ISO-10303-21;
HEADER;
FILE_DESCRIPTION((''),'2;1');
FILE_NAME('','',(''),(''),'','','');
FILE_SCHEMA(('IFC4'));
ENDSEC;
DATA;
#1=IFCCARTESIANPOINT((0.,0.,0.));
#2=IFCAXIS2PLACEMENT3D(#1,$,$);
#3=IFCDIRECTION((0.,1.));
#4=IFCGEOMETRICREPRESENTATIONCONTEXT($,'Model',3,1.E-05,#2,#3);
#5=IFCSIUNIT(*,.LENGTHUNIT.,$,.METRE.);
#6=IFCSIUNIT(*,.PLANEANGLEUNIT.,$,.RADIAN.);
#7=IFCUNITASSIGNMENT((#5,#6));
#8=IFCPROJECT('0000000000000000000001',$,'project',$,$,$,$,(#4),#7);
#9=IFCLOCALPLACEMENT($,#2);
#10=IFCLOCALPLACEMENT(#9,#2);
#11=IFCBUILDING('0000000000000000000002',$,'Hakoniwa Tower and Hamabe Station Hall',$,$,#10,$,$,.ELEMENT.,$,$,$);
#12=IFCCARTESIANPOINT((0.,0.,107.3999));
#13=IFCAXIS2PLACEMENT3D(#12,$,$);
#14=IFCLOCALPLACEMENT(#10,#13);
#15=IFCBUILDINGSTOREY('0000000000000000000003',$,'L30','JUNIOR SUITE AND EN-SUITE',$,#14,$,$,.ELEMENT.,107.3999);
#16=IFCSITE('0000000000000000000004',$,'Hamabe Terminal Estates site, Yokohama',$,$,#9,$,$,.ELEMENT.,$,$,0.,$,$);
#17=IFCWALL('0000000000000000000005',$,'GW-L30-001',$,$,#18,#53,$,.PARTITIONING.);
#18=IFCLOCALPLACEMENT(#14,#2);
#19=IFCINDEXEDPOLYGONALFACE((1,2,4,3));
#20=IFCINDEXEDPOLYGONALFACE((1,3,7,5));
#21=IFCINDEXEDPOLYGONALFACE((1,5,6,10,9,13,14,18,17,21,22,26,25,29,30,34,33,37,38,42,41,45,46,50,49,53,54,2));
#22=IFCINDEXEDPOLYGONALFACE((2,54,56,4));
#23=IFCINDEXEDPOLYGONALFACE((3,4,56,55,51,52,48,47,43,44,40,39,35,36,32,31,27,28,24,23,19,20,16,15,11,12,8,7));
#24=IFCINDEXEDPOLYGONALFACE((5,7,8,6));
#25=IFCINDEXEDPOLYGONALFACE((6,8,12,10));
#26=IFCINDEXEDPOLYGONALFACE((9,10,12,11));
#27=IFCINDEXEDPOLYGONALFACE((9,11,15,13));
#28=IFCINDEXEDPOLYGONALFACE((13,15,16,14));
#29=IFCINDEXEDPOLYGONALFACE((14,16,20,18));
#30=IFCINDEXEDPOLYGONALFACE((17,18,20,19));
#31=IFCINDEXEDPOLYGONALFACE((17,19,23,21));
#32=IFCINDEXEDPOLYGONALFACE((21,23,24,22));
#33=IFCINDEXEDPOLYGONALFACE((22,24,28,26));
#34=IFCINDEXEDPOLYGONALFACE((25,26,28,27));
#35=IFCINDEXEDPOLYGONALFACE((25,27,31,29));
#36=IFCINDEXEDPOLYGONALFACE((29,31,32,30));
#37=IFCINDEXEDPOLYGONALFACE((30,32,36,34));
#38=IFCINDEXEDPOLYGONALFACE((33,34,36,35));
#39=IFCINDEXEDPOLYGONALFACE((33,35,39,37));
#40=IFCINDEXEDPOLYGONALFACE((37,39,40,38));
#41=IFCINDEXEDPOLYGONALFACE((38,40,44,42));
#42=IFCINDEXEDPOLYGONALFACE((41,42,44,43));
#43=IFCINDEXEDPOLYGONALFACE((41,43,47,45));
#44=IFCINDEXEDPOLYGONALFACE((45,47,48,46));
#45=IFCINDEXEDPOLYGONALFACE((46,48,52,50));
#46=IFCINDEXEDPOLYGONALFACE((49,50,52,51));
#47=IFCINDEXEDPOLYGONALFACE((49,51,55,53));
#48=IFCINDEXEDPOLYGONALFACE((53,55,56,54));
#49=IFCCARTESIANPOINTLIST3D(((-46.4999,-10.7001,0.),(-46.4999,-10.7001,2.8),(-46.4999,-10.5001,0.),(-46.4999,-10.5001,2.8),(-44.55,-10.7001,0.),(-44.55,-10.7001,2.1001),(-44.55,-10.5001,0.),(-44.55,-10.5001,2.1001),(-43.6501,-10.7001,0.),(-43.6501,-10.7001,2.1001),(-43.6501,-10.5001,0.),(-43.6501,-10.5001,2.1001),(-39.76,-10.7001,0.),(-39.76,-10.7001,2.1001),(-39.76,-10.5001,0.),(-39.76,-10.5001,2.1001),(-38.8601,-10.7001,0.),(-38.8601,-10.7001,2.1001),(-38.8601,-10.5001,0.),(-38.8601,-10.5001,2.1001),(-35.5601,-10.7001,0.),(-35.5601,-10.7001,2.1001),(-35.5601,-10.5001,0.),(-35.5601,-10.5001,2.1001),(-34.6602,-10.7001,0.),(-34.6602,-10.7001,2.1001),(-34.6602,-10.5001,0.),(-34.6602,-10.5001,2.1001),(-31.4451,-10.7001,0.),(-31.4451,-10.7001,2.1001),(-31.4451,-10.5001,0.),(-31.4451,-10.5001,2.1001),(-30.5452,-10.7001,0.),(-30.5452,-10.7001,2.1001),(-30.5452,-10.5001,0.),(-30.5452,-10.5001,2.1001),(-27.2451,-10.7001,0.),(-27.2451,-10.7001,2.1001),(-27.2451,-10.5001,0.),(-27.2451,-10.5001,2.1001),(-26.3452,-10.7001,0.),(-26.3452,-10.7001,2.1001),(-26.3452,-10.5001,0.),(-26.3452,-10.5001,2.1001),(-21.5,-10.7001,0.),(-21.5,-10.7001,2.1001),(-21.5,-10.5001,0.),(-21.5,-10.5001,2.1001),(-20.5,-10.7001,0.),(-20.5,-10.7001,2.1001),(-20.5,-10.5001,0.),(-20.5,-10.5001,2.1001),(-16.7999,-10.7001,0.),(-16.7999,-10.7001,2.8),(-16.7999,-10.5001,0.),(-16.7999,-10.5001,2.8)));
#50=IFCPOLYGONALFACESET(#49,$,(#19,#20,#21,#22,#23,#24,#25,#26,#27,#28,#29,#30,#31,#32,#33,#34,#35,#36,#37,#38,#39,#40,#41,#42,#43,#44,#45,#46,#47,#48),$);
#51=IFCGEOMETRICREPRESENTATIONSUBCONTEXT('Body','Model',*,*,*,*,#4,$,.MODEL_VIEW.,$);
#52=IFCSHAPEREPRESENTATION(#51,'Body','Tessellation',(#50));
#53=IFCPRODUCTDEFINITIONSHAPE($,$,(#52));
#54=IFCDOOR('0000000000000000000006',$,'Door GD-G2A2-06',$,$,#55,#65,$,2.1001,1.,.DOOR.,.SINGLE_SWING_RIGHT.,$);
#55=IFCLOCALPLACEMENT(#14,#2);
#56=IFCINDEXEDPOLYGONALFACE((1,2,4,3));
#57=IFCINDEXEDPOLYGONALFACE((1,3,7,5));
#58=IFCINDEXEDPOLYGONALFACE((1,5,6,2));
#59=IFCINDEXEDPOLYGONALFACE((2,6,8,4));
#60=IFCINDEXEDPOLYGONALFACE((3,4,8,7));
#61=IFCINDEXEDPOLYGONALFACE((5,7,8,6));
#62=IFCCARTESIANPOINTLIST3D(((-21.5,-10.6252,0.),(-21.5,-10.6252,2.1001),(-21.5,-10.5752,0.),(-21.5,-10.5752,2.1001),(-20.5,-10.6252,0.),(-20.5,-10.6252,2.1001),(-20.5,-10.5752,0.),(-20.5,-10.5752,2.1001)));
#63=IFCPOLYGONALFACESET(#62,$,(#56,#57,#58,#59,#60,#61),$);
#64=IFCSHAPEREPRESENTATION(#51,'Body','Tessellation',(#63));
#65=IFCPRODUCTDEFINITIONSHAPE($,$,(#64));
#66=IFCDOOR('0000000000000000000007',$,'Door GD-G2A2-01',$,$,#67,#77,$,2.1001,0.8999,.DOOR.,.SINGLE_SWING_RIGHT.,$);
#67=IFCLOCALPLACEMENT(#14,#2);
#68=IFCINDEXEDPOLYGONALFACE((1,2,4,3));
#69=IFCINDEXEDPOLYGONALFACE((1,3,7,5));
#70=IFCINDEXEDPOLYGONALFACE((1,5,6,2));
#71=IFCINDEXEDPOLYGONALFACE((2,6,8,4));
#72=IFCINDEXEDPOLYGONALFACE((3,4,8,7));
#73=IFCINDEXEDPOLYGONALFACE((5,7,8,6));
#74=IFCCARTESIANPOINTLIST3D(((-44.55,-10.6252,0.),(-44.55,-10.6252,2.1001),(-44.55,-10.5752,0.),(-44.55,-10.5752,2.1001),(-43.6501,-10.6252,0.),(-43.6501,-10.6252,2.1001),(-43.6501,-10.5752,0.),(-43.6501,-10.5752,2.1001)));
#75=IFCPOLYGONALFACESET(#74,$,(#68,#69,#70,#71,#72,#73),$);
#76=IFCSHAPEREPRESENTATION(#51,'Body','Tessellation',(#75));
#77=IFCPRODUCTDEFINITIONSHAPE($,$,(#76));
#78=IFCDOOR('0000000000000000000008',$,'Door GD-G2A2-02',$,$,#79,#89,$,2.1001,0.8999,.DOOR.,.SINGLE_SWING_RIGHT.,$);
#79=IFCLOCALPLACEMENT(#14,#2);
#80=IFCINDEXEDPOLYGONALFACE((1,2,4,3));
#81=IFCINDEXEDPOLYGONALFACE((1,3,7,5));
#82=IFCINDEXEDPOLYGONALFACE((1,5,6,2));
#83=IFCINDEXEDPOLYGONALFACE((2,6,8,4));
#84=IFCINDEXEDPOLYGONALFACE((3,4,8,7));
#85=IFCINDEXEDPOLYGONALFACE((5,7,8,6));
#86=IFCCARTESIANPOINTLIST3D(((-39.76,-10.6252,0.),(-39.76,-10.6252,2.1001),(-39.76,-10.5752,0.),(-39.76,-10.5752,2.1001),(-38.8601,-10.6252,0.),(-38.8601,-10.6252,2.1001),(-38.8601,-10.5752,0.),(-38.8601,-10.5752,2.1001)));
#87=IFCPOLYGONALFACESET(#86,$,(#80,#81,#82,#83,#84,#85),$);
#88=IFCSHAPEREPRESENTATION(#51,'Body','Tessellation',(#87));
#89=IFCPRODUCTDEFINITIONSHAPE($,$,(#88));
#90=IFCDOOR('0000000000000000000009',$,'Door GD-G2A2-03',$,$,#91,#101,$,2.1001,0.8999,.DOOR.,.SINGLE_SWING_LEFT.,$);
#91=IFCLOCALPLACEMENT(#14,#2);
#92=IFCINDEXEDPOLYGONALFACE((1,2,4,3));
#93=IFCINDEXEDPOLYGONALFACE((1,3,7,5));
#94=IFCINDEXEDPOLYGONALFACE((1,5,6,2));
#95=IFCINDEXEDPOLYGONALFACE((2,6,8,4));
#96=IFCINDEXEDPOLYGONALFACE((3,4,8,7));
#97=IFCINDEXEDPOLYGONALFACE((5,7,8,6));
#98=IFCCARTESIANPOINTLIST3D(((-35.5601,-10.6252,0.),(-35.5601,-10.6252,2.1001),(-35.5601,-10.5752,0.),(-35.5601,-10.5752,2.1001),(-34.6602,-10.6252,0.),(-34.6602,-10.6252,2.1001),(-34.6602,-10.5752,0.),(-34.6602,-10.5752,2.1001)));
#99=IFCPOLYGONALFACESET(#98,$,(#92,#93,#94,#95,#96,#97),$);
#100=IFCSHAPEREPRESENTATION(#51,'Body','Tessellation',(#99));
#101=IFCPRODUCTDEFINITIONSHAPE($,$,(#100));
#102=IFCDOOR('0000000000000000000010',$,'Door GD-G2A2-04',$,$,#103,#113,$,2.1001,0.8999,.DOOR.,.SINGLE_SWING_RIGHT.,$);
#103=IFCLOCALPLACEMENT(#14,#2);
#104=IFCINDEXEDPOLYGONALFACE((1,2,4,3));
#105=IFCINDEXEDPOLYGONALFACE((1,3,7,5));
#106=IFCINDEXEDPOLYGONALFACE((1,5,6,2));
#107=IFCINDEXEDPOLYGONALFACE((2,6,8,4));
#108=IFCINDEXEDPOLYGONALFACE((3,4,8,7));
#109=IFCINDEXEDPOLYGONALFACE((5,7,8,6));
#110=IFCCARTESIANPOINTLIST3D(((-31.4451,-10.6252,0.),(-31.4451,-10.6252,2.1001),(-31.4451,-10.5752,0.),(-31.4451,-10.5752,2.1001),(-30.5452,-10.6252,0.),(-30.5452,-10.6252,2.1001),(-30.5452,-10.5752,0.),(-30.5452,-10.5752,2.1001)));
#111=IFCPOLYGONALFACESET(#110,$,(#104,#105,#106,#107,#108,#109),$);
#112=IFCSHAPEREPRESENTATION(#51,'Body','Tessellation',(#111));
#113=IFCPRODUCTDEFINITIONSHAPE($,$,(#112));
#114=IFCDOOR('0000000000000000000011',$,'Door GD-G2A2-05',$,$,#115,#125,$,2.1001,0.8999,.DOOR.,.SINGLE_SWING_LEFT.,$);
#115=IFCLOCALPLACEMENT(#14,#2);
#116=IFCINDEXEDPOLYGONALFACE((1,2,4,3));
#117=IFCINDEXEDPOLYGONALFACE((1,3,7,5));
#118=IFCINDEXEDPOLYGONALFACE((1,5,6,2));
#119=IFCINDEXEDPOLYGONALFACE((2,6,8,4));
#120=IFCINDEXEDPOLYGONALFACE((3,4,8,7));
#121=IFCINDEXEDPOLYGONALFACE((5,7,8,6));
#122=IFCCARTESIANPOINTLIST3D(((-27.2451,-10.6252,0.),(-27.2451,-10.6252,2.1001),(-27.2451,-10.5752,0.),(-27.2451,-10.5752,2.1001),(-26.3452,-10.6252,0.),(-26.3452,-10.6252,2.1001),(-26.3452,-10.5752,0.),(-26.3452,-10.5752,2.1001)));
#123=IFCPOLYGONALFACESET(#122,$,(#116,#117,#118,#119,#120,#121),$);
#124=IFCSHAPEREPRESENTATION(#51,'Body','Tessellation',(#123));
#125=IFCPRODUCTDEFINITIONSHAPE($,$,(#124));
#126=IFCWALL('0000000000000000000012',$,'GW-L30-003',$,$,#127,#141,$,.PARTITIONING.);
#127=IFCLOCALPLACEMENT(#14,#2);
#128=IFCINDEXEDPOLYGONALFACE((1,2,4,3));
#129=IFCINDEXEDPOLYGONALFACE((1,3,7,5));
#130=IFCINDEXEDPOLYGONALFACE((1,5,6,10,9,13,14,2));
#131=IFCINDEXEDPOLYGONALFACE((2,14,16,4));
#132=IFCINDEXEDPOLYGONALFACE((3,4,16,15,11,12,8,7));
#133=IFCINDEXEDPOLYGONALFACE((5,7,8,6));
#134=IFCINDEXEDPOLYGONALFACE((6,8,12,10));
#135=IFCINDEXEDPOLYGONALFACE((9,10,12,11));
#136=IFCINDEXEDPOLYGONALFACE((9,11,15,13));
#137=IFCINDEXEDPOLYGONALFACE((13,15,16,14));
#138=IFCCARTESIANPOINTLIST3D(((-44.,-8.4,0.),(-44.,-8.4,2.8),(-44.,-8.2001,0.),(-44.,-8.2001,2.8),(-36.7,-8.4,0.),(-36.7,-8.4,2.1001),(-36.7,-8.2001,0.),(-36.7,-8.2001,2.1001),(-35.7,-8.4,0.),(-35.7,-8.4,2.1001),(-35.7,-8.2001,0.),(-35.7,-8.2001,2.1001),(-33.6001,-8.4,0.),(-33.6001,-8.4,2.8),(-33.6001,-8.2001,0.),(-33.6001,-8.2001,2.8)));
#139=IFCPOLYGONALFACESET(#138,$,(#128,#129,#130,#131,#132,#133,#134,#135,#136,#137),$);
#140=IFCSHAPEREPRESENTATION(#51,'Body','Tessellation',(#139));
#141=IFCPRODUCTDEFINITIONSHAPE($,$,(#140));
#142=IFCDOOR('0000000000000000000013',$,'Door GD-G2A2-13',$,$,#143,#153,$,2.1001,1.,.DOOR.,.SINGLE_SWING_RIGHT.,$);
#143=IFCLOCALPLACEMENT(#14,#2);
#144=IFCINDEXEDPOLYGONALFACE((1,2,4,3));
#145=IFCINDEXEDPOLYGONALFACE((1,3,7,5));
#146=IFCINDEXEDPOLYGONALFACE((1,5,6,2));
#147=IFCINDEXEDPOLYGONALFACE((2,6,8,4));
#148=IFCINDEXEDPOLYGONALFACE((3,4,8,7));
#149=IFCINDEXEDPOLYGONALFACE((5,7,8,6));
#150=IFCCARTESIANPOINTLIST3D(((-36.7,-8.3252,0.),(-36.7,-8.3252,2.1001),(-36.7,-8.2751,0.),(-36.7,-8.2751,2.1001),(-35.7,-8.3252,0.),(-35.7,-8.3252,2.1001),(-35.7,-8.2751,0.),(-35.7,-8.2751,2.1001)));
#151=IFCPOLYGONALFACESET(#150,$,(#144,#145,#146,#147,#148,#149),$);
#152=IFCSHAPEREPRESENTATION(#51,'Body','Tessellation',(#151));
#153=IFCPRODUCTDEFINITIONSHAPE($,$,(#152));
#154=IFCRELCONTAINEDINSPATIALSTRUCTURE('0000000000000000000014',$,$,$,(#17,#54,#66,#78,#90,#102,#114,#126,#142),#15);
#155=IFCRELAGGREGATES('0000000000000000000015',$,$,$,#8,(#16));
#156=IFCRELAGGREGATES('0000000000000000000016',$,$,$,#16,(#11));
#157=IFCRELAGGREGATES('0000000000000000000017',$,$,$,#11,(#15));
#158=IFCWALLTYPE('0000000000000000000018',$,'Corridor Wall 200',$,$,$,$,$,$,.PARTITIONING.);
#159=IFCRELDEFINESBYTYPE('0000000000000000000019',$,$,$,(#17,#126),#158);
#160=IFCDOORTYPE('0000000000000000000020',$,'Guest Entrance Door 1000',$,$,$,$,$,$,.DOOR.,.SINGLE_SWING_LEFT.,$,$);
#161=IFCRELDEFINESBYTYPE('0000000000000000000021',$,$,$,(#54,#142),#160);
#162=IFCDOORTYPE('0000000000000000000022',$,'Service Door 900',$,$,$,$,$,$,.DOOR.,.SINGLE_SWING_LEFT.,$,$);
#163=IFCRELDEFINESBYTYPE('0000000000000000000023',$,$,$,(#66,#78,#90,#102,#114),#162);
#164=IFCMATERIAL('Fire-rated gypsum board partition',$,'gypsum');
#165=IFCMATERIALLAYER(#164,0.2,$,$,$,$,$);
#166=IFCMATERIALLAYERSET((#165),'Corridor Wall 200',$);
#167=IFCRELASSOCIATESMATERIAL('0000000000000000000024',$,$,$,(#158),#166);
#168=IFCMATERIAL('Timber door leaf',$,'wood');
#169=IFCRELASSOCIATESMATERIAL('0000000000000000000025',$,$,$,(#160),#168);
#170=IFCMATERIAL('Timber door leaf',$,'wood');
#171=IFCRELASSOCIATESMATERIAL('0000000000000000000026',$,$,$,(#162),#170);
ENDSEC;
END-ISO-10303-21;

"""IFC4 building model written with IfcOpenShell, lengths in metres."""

from ifc_helpers import new_model, si_unit, direction, frame, frame_2d, origin, place, context, subcontext, project, spatial, rectangle, extrude, material, layer, layer_set, type_object, element, fill, save


model = new_model("IFC4")

# Units and contexts
model_context = context("Model", 3, precision=1e-05, world=origin(), true_north=direction((0.0, 1.0)))
body_context = subcontext(model_context, "Body", "Model", "MODEL_VIEW")
ifc_project = project(units=[si_unit("LENGTHUNIT", "METRE"), si_unit("PLANEANGLEUNIT", "RADIAN")], contexts=[model_context])

# Site, building, storey
site_placement = place(None, origin())
site = spatial("IfcSite", under=ifc_project, at=site_placement, Name="Hamabe Terminal Estates site, Yokohama", CompositionType="ELEMENT", RefElevation=0.0)
building_placement = place(site_placement, origin())
building = spatial("IfcBuilding", under=site, at=building_placement, Name="Hakoniwa Tower and Hamabe Station Hall", CompositionType="ELEMENT")
storey_placement = place(building_placement, frame((0.0, 0.0, 107.3999)))
storey = spatial("IfcBuildingStorey", under=building, at=storey_placement, Name="L30", Description="JUNIOR SUITE AND EN-SUITE", CompositionType="ELEMENT", Elevation=107.3999)

# Wall, openings, doors
ifc_material_1 = material(Name="Fire-rated gypsum board partition", Category="gypsum")
ifc_layer_1 = layer(ifc_material_1, 0.2)
ifc_layer_set_1 = layer_set([ifc_layer_1], Name="Corridor Wall 200")
wall_type_1 = type_object("IfcWallType", Name="Corridor Wall 200", PredefinedType="PARTITIONING", material=ifc_layer_set_1)
wall_1_placement = place(storey_placement, frame((-46.5, -10.6001, 0.0), z_axis=(0.0, 0.0, 1.0), x_axis=(1.0, 0.0, 0.0)))
wall_1 = element("IfcWall", 1, at=wall_1_placement, inside=storey, type_object=wall_type_1, Name="GW-L30-001", PredefinedType="PARTITIONING", context=body_context, shape_type="SweptSolid", body=[
    extrude(rectangle(XDim=29.7, YDim=0.2, at=frame_2d((14.8501, 0.0))), origin(), (0.0, 0.0, 1.0), 2.8),
])
opening_1_placement = place(wall_1_placement, frame((1.95, 0.0, 0.0)))
opening_1 = element("IfcOpeningElement", 2, at=opening_1_placement, cuts=wall_1, PredefinedType="OPENING", context=body_context, shape_type="SweptSolid", body=[
    extrude(rectangle(XDim=0.8999, YDim=2.1001, at=frame_2d((0.45, 1.05))), frame((0.0, 0.1099, 0.0), z_axis=(0.0, -1.0, 0.0), x_axis=(1.0, 0.0, 0.0)), (0.0, 0.0, 1.0), 0.22),
])
opening_2_placement = place(wall_1_placement, frame((6.74, 0.0, 0.0)))
opening_2 = element("IfcOpeningElement", 3, at=opening_2_placement, cuts=wall_1, PredefinedType="OPENING", context=body_context, shape_type="SweptSolid", body=[
    extrude(rectangle(XDim=0.8999, YDim=2.1001, at=frame_2d((0.45, 1.05))), frame((0.0, 0.1099, 0.0), z_axis=(0.0, -1.0, 0.0), x_axis=(1.0, 0.0, 0.0)), (0.0, 0.0, 1.0), 0.22),
])
opening_3_placement = place(wall_1_placement, frame((10.9399, 0.0, 0.0)))
opening_3 = element("IfcOpeningElement", 4, at=opening_3_placement, cuts=wall_1, PredefinedType="OPENING", context=body_context, shape_type="SweptSolid", body=[
    extrude(rectangle(XDim=0.8999, YDim=2.1001, at=frame_2d((0.45, 1.05))), frame((0.0, 0.1099, 0.0), z_axis=(0.0, -1.0, 0.0), x_axis=(1.0, 0.0, 0.0)), (0.0, 0.0, 1.0), 0.22),
])
opening_4_placement = place(wall_1_placement, frame((15.0549, 0.0, 0.0)))
opening_4 = element("IfcOpeningElement", 5, at=opening_4_placement, cuts=wall_1, PredefinedType="OPENING", context=body_context, shape_type="SweptSolid", body=[
    extrude(rectangle(XDim=0.8999, YDim=2.1001, at=frame_2d((0.45, 1.05))), frame((0.0, 0.1099, 0.0), z_axis=(0.0, -1.0, 0.0), x_axis=(1.0, 0.0, 0.0)), (0.0, 0.0, 1.0), 0.22),
])
opening_5_placement = place(wall_1_placement, frame((19.2549, 0.0, 0.0)))
opening_5 = element("IfcOpeningElement", 6, at=opening_5_placement, cuts=wall_1, PredefinedType="OPENING", context=body_context, shape_type="SweptSolid", body=[
    extrude(rectangle(XDim=0.8999, YDim=2.1001, at=frame_2d((0.45, 1.05))), frame((0.0, 0.1099, 0.0), z_axis=(0.0, -1.0, 0.0), x_axis=(1.0, 0.0, 0.0)), (0.0, 0.0, 1.0), 0.22),
])
opening_6_placement = place(wall_1_placement, frame((25.0, 0.0, 0.0)))
opening_6 = element("IfcOpeningElement", 7, at=opening_6_placement, cuts=wall_1, PredefinedType="OPENING", context=body_context, shape_type="SweptSolid", body=[
    extrude(rectangle(XDim=1.0, YDim=2.1001, at=frame_2d((0.5, 1.05))), frame((0.0, 0.1099, 0.0), z_axis=(0.0, -1.0, 0.0), x_axis=(1.0, 0.0, 0.0)), (0.0, 0.0, 1.0), 0.22),
])
ifc_material_2 = material(Name="Timber door leaf", Category="wood")
door_type_1 = type_object("IfcDoorType", Name="Guest Entrance Door 1000", OperationType="SINGLE_SWING_LEFT", PredefinedType="DOOR", material=ifc_material_2)
door_1_placement = place(opening_6_placement, origin())
door_1 = element("IfcDoor", 8, at=door_1_placement, inside=storey, type_object=door_type_1, Name="Door GD-G2A2-06", OperationType="SINGLE_SWING_RIGHT", OverallHeight=2.1001, OverallWidth=1.0, PredefinedType="DOOR", context=body_context, shape_type="SweptSolid", body=[
    extrude(rectangle(XDim=1.0, YDim=2.1001, at=frame_2d((0.5, 1.05))), frame((0.0, 0.0249, 0.0), z_axis=(0.0, -1.0, 0.0), x_axis=(1.0, 0.0, 0.0)), (0.0, 0.0, 1.0), 0.05),
])
fill(opening_6, door_1)
ifc_material_3 = material(Name="Timber door leaf", Category="wood")
door_type_2 = type_object("IfcDoorType", Name="Service Door 900", OperationType="SINGLE_SWING_LEFT", PredefinedType="DOOR", material=ifc_material_3)
door_2_placement = place(opening_1_placement, origin())
door_2 = element("IfcDoor", 9, at=door_2_placement, inside=storey, type_object=door_type_2, Name="Door GD-G2A2-01", OperationType="SINGLE_SWING_RIGHT", OverallHeight=2.1001, OverallWidth=0.8999, PredefinedType="DOOR", context=body_context, shape_type="SweptSolid", body=[
    extrude(rectangle(XDim=0.8999, YDim=2.1001, at=frame_2d((0.45, 1.05))), frame((0.0, 0.0249, 0.0), z_axis=(0.0, -1.0, 0.0), x_axis=(1.0, 0.0, 0.0)), (0.0, 0.0, 1.0), 0.05),
])
fill(opening_1, door_2)
door_3_placement = place(opening_2_placement, origin())
door_3 = element("IfcDoor", 10, at=door_3_placement, inside=storey, type_object=door_type_2, Name="Door GD-G2A2-02", OperationType="SINGLE_SWING_RIGHT", OverallHeight=2.1001, OverallWidth=0.8999, PredefinedType="DOOR", context=body_context, shape_type="SweptSolid", body=[
    extrude(rectangle(XDim=0.8999, YDim=2.1001, at=frame_2d((0.45, 1.05))), frame((0.0, 0.0249, 0.0), z_axis=(0.0, -1.0, 0.0), x_axis=(1.0, 0.0, 0.0)), (0.0, 0.0, 1.0), 0.05),
])
fill(opening_2, door_3)
door_4_placement = place(opening_3_placement, origin())
door_4 = element("IfcDoor", 11, at=door_4_placement, inside=storey, type_object=door_type_2, Name="Door GD-G2A2-03", OperationType="SINGLE_SWING_LEFT", OverallHeight=2.1001, OverallWidth=0.8999, PredefinedType="DOOR", context=body_context, shape_type="SweptSolid", body=[
    extrude(rectangle(XDim=0.8999, YDim=2.1001, at=frame_2d((0.45, 1.05))), frame((0.0, 0.0249, 0.0), z_axis=(0.0, -1.0, 0.0), x_axis=(1.0, 0.0, 0.0)), (0.0, 0.0, 1.0), 0.05),
])
fill(opening_3, door_4)
door_5_placement = place(opening_4_placement, origin())
door_5 = element("IfcDoor", 12, at=door_5_placement, inside=storey, type_object=door_type_2, Name="Door GD-G2A2-04", OperationType="SINGLE_SWING_RIGHT", OverallHeight=2.1001, OverallWidth=0.8999, PredefinedType="DOOR", context=body_context, shape_type="SweptSolid", body=[
    extrude(rectangle(XDim=0.8999, YDim=2.1001, at=frame_2d((0.45, 1.05))), frame((0.0, 0.0249, 0.0), z_axis=(0.0, -1.0, 0.0), x_axis=(1.0, 0.0, 0.0)), (0.0, 0.0, 1.0), 0.05),
])
fill(opening_4, door_5)
door_6_placement = place(opening_5_placement, origin())
door_6 = element("IfcDoor", 13, at=door_6_placement, inside=storey, type_object=door_type_2, Name="Door GD-G2A2-05", OperationType="SINGLE_SWING_LEFT", OverallHeight=2.1001, OverallWidth=0.8999, PredefinedType="DOOR", context=body_context, shape_type="SweptSolid", body=[
    extrude(rectangle(XDim=0.8999, YDim=2.1001, at=frame_2d((0.45, 1.05))), frame((0.0, 0.0249, 0.0), z_axis=(0.0, -1.0, 0.0), x_axis=(1.0, 0.0, 0.0)), (0.0, 0.0, 1.0), 0.05),
])
fill(opening_5, door_6)

# Wall, opening, door
wall_2_placement = place(storey_placement, frame((-44.0, -8.3, 0.0), z_axis=(0.0, 0.0, 1.0), x_axis=(1.0, 0.0, 0.0)))
wall_2 = element("IfcWall", 14, at=wall_2_placement, inside=storey, type_object=wall_type_1, Name="GW-L30-003", PredefinedType="PARTITIONING", context=body_context, shape_type="SweptSolid", body=[
    extrude(rectangle(XDim=10.3999, YDim=0.2, at=frame_2d((5.2, 0.0))), origin(), (0.0, 0.0, 1.0), 2.8),
])
opening_7_placement = place(wall_2_placement, frame((7.3, 0.0, 0.0)))
opening_7 = element("IfcOpeningElement", 15, at=opening_7_placement, cuts=wall_2, PredefinedType="OPENING", context=body_context, shape_type="SweptSolid", body=[
    extrude(rectangle(XDim=1.0, YDim=2.1001, at=frame_2d((0.5, 1.05))), frame((0.0, 0.1099, 0.0), z_axis=(0.0, -1.0, 0.0), x_axis=(1.0, 0.0, 0.0)), (0.0, 0.0, 1.0), 0.22),
])
door_7_placement = place(opening_7_placement, origin())
door_7 = element("IfcDoor", 16, at=door_7_placement, inside=storey, type_object=door_type_1, Name="Door GD-G2A2-13", OperationType="SINGLE_SWING_RIGHT", OverallHeight=2.1001, OverallWidth=1.0, PredefinedType="DOOR", context=body_context, shape_type="SweptSolid", body=[
    extrude(rectangle(XDim=1.0, YDim=2.1001, at=frame_2d((0.5, 1.05))), frame((0.0, 0.0249, 0.0), z_axis=(0.0, -1.0, 0.0), x_axis=(1.0, 0.0, 0.0)), (0.0, 0.0, 1.0), 0.05),
])
fill(opening_7, door_7)

save(model, "model.ifc")
